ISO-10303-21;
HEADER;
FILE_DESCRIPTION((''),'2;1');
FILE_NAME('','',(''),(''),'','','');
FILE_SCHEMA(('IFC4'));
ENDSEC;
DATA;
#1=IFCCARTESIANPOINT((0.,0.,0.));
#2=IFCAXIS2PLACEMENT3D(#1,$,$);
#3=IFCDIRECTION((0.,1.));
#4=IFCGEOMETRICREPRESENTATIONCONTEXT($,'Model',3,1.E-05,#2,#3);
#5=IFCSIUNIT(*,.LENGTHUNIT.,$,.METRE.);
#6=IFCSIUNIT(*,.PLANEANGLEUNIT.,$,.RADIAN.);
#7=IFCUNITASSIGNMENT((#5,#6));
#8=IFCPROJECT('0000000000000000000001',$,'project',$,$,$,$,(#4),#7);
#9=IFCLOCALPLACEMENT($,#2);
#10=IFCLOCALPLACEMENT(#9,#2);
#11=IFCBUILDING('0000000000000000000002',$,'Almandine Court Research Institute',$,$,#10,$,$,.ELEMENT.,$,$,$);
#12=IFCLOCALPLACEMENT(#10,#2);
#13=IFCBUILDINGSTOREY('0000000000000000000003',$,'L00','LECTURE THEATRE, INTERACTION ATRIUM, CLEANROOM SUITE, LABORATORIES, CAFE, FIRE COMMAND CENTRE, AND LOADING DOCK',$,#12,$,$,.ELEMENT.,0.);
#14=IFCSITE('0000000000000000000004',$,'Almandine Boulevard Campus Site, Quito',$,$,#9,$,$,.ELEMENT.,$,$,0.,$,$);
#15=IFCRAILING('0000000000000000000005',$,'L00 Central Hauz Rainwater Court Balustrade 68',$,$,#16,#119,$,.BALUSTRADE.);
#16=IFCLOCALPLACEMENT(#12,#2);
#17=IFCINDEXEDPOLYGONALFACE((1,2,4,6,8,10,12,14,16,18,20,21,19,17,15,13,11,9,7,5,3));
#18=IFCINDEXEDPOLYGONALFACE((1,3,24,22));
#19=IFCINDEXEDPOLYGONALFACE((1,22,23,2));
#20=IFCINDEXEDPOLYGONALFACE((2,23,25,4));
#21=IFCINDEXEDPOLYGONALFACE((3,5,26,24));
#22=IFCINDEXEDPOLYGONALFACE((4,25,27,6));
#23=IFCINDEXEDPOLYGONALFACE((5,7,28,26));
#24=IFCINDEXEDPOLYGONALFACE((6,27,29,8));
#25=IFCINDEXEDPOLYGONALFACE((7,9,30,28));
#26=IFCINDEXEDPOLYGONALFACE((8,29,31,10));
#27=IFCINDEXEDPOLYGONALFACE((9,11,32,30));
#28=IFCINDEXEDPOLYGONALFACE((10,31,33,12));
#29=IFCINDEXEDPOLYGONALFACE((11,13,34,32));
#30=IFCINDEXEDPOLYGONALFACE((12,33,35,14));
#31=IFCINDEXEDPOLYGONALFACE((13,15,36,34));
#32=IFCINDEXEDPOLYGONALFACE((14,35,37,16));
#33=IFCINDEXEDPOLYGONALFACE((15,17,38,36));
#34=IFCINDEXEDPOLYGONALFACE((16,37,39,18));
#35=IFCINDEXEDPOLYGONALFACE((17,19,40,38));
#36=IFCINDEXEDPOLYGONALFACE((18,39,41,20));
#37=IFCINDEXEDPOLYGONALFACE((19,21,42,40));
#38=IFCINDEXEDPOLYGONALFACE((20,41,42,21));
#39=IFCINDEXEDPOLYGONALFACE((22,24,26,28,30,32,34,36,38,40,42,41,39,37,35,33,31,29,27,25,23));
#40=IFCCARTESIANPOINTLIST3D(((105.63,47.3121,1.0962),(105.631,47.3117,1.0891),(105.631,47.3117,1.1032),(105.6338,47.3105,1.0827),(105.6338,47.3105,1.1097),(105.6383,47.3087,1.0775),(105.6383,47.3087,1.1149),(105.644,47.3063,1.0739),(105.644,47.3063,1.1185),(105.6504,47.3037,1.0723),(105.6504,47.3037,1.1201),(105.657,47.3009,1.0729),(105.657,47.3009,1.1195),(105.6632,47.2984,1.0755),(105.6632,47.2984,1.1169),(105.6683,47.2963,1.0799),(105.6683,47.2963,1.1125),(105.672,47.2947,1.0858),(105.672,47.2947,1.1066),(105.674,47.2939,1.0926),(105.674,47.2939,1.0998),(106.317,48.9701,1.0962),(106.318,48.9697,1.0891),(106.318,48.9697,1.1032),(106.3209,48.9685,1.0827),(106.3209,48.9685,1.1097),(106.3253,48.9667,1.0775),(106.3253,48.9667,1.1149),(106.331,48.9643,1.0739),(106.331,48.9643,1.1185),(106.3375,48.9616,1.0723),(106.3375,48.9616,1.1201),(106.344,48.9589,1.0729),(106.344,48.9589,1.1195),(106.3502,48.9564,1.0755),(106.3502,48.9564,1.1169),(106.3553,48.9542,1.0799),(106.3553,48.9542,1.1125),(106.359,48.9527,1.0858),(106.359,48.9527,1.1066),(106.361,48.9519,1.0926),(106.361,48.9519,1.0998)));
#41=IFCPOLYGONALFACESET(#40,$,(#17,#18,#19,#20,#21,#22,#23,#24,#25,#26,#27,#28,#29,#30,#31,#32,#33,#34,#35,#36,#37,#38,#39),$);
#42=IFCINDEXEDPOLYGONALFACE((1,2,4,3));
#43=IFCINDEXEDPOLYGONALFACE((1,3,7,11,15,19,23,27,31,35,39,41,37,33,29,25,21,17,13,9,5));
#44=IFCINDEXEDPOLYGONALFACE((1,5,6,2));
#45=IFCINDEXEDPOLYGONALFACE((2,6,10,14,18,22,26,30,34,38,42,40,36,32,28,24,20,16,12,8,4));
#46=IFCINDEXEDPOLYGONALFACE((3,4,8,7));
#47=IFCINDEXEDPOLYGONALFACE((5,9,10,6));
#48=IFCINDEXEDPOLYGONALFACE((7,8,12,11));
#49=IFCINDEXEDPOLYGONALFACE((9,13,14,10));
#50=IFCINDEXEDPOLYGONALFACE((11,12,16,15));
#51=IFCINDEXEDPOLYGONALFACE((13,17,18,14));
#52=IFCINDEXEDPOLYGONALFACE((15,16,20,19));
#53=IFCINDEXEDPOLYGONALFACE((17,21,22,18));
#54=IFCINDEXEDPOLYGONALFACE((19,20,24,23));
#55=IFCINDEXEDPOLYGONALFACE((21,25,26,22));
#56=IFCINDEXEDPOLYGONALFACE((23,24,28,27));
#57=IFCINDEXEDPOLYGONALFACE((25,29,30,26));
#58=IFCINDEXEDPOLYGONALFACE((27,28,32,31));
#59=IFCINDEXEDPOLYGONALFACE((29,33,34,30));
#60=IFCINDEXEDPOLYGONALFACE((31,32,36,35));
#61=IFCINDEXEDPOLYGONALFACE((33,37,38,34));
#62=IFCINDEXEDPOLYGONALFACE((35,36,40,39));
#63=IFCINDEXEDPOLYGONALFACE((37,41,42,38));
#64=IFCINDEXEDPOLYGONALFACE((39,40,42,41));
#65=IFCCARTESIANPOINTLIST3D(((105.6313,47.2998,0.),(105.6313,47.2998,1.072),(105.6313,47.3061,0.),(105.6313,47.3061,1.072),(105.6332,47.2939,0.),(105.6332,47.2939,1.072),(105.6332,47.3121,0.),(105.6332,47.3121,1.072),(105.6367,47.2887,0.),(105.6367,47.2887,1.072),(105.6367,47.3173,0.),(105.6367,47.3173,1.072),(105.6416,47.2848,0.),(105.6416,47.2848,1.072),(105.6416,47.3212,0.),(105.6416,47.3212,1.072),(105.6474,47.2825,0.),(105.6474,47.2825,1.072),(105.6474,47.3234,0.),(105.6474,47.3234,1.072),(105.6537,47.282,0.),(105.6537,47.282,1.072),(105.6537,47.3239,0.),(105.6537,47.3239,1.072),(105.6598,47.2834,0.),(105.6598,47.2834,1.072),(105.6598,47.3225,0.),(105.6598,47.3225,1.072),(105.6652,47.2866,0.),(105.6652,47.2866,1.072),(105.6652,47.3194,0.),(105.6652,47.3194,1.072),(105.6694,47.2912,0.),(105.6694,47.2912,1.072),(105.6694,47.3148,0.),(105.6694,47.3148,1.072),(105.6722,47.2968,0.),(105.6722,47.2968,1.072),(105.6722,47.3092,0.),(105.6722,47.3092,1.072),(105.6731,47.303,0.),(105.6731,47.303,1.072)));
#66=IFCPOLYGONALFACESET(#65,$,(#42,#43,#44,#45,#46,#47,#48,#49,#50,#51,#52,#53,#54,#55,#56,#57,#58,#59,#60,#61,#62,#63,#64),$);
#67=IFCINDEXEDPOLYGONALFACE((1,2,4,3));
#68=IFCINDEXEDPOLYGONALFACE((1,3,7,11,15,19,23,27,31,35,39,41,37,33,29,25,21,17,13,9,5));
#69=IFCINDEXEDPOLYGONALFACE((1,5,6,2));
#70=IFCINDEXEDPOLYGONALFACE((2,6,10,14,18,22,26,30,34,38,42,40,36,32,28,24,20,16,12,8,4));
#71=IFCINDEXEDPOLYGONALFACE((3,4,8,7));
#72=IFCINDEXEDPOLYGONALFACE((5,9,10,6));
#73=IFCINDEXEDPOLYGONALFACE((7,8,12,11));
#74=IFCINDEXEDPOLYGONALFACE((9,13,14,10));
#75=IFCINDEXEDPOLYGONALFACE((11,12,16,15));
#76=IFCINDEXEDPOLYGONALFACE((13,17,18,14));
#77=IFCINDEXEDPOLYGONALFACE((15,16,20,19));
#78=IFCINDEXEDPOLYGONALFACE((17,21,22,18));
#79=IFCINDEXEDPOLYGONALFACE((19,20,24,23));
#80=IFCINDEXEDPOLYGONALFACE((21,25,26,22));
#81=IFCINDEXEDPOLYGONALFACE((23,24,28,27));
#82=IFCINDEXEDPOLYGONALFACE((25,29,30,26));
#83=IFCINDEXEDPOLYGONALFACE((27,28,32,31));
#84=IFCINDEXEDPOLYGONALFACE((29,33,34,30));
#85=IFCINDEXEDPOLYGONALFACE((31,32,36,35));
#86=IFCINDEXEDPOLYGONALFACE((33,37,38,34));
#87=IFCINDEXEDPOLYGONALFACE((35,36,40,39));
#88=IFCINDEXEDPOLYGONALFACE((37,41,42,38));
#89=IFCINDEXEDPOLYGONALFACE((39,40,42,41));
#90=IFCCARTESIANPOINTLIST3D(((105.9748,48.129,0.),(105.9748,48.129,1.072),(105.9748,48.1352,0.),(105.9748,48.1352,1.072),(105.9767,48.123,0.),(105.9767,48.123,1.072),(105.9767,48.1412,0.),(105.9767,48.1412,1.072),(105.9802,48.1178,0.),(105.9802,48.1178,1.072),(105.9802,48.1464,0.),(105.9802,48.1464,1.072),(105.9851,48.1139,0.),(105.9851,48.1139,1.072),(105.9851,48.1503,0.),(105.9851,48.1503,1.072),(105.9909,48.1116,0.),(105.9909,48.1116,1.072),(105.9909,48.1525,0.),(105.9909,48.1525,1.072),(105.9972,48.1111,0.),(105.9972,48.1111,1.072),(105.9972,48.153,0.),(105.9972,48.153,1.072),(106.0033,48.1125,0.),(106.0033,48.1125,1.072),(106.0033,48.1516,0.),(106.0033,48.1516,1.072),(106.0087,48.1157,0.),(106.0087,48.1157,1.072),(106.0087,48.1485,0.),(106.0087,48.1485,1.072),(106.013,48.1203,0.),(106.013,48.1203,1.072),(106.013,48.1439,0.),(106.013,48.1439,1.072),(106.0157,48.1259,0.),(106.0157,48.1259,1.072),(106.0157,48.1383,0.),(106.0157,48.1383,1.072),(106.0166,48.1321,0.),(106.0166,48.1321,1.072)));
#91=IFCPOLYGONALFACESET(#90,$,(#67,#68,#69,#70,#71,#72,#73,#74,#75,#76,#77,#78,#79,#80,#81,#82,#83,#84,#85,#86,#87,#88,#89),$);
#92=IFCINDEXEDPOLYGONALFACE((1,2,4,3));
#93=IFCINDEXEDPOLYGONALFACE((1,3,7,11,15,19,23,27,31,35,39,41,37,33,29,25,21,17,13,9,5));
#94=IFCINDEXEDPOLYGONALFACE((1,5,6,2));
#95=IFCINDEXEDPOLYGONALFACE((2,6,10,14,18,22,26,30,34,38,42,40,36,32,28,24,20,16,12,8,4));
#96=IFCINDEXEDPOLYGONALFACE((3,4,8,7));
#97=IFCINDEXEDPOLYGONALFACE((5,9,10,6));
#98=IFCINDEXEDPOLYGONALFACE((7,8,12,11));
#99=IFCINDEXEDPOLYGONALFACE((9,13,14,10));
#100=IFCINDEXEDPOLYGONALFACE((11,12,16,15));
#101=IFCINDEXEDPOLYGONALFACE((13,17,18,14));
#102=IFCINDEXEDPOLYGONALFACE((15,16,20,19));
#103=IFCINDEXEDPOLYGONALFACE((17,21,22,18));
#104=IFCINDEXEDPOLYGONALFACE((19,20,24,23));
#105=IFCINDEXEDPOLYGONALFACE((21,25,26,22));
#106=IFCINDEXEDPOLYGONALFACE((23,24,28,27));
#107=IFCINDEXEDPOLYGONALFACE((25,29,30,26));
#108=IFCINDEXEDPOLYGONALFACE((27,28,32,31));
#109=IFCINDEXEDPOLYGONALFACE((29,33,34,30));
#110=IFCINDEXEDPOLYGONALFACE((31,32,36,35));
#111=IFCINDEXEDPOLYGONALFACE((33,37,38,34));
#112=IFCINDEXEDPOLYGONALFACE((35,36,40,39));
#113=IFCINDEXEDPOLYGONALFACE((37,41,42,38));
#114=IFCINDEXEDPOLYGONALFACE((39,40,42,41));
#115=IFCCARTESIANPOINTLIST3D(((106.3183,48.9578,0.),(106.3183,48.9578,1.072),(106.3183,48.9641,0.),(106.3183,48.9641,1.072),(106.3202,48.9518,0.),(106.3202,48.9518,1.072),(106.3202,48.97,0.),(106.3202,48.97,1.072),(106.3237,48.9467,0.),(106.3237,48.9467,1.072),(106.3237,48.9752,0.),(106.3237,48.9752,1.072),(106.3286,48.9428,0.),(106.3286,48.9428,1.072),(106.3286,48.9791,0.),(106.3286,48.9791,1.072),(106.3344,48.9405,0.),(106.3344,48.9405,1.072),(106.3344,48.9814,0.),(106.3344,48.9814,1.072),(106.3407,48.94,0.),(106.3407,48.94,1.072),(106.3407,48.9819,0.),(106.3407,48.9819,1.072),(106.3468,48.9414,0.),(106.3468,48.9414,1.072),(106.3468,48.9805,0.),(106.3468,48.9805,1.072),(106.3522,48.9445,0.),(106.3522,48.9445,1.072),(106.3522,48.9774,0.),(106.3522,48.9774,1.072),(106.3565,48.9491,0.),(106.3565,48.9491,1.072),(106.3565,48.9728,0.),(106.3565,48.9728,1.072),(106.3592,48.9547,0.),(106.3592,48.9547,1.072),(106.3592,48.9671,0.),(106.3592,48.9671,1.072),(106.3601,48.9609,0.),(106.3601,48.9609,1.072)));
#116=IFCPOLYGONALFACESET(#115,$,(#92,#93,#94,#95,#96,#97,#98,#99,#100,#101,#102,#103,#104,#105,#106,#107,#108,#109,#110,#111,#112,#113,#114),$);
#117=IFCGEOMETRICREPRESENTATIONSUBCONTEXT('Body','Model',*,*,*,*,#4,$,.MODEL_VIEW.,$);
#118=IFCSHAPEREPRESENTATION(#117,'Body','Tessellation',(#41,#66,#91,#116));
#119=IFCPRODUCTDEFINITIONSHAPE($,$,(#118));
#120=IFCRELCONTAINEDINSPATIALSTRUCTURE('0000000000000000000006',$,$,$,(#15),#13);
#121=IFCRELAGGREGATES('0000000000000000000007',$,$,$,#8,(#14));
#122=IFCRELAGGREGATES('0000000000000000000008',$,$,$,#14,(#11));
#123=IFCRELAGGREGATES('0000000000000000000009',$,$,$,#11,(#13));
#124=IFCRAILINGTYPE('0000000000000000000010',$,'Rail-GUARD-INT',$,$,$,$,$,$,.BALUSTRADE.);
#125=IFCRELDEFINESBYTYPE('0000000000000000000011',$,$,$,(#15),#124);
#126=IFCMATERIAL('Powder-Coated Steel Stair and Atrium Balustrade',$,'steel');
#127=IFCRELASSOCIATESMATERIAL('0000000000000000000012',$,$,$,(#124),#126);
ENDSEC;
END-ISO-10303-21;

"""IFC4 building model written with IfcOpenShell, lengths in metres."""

from ifc_helpers import new_model, si_unit, direction, frame, origin, origin_2d, place, context, subcontext, project, spatial, circle, extrude, material, type_object, element, save


model = new_model("IFC4")

# Units and contexts
model_context = context("Model", 3, precision=1e-05, world=origin(), true_north=direction((0.0, 1.0)))
body_context = subcontext(model_context, "Body", "Model", "MODEL_VIEW")
ifc_project = project(units=[si_unit("LENGTHUNIT", "METRE"), si_unit("PLANEANGLEUNIT", "RADIAN")], contexts=[model_context])

# Site, building, storey
site_placement = place(None, origin())
site = spatial("IfcSite", under=ifc_project, at=site_placement, Name="Almandine Boulevard Campus Site, Quito", CompositionType="ELEMENT", RefElevation=0.0)
building_placement = place(site_placement, origin())
building = spatial("IfcBuilding", under=site, at=building_placement, Name="Almandine Court Research Institute", CompositionType="ELEMENT")
storey_placement = place(building_placement, origin())
storey = spatial("IfcBuildingStorey", under=building, at=storey_placement, Name="L00", Description="LECTURE THEATRE, INTERACTION ATRIUM, CLEANROOM SUITE, LABORATORIES, CAFE, FIRE COMMAND CENTRE, AND LOADING DOCK", CompositionType="ELEMENT", Elevation=0.0)

# Railing
ifc_material_1 = material(Name="Powder-Coated Steel Stair and Atrium Balustrade", Category="steel")
railing_type = type_object("IfcRailingType", Name="Rail-GUARD-INT", PredefinedType="BALUSTRADE", material=ifc_material_1)
railing_1_placement = place(storey_placement, frame((105.6521, 47.303, 0.0)))
element("IfcRailing", 1, at=railing_1_placement, inside=storey, type_object=railing_type, Name="L00 Central Hauz Rainwater Court Balustrade 68", PredefinedType="BALUSTRADE", context=body_context, shape_type="SweptSolid", body=[
    extrude(circle(Radius=0.0239, at=origin_2d()), frame((0.0, 0.0, 1.0962), z_axis=(0.382808, 0.923828, 0.0), x_axis=(-0.923828, 0.382808, 0.0)), (0.0, 0.0, 1.0), 1.7947),
    extrude(circle(Radius=0.021, at=origin_2d()), origin(), (0.0, 0.0, 1.0), 1.072),
    extrude(circle(Radius=0.021, at=origin_2d()), frame((0.3435, 0.8291, 0.0)), (0.0, 0.0, 1.0), 1.072),
    extrude(circle(Radius=0.021, at=origin_2d()), frame((0.687, 1.658, 0.0)), (0.0, 0.0, 1.0), 1.072),
])

save(model, "model.ifc")
